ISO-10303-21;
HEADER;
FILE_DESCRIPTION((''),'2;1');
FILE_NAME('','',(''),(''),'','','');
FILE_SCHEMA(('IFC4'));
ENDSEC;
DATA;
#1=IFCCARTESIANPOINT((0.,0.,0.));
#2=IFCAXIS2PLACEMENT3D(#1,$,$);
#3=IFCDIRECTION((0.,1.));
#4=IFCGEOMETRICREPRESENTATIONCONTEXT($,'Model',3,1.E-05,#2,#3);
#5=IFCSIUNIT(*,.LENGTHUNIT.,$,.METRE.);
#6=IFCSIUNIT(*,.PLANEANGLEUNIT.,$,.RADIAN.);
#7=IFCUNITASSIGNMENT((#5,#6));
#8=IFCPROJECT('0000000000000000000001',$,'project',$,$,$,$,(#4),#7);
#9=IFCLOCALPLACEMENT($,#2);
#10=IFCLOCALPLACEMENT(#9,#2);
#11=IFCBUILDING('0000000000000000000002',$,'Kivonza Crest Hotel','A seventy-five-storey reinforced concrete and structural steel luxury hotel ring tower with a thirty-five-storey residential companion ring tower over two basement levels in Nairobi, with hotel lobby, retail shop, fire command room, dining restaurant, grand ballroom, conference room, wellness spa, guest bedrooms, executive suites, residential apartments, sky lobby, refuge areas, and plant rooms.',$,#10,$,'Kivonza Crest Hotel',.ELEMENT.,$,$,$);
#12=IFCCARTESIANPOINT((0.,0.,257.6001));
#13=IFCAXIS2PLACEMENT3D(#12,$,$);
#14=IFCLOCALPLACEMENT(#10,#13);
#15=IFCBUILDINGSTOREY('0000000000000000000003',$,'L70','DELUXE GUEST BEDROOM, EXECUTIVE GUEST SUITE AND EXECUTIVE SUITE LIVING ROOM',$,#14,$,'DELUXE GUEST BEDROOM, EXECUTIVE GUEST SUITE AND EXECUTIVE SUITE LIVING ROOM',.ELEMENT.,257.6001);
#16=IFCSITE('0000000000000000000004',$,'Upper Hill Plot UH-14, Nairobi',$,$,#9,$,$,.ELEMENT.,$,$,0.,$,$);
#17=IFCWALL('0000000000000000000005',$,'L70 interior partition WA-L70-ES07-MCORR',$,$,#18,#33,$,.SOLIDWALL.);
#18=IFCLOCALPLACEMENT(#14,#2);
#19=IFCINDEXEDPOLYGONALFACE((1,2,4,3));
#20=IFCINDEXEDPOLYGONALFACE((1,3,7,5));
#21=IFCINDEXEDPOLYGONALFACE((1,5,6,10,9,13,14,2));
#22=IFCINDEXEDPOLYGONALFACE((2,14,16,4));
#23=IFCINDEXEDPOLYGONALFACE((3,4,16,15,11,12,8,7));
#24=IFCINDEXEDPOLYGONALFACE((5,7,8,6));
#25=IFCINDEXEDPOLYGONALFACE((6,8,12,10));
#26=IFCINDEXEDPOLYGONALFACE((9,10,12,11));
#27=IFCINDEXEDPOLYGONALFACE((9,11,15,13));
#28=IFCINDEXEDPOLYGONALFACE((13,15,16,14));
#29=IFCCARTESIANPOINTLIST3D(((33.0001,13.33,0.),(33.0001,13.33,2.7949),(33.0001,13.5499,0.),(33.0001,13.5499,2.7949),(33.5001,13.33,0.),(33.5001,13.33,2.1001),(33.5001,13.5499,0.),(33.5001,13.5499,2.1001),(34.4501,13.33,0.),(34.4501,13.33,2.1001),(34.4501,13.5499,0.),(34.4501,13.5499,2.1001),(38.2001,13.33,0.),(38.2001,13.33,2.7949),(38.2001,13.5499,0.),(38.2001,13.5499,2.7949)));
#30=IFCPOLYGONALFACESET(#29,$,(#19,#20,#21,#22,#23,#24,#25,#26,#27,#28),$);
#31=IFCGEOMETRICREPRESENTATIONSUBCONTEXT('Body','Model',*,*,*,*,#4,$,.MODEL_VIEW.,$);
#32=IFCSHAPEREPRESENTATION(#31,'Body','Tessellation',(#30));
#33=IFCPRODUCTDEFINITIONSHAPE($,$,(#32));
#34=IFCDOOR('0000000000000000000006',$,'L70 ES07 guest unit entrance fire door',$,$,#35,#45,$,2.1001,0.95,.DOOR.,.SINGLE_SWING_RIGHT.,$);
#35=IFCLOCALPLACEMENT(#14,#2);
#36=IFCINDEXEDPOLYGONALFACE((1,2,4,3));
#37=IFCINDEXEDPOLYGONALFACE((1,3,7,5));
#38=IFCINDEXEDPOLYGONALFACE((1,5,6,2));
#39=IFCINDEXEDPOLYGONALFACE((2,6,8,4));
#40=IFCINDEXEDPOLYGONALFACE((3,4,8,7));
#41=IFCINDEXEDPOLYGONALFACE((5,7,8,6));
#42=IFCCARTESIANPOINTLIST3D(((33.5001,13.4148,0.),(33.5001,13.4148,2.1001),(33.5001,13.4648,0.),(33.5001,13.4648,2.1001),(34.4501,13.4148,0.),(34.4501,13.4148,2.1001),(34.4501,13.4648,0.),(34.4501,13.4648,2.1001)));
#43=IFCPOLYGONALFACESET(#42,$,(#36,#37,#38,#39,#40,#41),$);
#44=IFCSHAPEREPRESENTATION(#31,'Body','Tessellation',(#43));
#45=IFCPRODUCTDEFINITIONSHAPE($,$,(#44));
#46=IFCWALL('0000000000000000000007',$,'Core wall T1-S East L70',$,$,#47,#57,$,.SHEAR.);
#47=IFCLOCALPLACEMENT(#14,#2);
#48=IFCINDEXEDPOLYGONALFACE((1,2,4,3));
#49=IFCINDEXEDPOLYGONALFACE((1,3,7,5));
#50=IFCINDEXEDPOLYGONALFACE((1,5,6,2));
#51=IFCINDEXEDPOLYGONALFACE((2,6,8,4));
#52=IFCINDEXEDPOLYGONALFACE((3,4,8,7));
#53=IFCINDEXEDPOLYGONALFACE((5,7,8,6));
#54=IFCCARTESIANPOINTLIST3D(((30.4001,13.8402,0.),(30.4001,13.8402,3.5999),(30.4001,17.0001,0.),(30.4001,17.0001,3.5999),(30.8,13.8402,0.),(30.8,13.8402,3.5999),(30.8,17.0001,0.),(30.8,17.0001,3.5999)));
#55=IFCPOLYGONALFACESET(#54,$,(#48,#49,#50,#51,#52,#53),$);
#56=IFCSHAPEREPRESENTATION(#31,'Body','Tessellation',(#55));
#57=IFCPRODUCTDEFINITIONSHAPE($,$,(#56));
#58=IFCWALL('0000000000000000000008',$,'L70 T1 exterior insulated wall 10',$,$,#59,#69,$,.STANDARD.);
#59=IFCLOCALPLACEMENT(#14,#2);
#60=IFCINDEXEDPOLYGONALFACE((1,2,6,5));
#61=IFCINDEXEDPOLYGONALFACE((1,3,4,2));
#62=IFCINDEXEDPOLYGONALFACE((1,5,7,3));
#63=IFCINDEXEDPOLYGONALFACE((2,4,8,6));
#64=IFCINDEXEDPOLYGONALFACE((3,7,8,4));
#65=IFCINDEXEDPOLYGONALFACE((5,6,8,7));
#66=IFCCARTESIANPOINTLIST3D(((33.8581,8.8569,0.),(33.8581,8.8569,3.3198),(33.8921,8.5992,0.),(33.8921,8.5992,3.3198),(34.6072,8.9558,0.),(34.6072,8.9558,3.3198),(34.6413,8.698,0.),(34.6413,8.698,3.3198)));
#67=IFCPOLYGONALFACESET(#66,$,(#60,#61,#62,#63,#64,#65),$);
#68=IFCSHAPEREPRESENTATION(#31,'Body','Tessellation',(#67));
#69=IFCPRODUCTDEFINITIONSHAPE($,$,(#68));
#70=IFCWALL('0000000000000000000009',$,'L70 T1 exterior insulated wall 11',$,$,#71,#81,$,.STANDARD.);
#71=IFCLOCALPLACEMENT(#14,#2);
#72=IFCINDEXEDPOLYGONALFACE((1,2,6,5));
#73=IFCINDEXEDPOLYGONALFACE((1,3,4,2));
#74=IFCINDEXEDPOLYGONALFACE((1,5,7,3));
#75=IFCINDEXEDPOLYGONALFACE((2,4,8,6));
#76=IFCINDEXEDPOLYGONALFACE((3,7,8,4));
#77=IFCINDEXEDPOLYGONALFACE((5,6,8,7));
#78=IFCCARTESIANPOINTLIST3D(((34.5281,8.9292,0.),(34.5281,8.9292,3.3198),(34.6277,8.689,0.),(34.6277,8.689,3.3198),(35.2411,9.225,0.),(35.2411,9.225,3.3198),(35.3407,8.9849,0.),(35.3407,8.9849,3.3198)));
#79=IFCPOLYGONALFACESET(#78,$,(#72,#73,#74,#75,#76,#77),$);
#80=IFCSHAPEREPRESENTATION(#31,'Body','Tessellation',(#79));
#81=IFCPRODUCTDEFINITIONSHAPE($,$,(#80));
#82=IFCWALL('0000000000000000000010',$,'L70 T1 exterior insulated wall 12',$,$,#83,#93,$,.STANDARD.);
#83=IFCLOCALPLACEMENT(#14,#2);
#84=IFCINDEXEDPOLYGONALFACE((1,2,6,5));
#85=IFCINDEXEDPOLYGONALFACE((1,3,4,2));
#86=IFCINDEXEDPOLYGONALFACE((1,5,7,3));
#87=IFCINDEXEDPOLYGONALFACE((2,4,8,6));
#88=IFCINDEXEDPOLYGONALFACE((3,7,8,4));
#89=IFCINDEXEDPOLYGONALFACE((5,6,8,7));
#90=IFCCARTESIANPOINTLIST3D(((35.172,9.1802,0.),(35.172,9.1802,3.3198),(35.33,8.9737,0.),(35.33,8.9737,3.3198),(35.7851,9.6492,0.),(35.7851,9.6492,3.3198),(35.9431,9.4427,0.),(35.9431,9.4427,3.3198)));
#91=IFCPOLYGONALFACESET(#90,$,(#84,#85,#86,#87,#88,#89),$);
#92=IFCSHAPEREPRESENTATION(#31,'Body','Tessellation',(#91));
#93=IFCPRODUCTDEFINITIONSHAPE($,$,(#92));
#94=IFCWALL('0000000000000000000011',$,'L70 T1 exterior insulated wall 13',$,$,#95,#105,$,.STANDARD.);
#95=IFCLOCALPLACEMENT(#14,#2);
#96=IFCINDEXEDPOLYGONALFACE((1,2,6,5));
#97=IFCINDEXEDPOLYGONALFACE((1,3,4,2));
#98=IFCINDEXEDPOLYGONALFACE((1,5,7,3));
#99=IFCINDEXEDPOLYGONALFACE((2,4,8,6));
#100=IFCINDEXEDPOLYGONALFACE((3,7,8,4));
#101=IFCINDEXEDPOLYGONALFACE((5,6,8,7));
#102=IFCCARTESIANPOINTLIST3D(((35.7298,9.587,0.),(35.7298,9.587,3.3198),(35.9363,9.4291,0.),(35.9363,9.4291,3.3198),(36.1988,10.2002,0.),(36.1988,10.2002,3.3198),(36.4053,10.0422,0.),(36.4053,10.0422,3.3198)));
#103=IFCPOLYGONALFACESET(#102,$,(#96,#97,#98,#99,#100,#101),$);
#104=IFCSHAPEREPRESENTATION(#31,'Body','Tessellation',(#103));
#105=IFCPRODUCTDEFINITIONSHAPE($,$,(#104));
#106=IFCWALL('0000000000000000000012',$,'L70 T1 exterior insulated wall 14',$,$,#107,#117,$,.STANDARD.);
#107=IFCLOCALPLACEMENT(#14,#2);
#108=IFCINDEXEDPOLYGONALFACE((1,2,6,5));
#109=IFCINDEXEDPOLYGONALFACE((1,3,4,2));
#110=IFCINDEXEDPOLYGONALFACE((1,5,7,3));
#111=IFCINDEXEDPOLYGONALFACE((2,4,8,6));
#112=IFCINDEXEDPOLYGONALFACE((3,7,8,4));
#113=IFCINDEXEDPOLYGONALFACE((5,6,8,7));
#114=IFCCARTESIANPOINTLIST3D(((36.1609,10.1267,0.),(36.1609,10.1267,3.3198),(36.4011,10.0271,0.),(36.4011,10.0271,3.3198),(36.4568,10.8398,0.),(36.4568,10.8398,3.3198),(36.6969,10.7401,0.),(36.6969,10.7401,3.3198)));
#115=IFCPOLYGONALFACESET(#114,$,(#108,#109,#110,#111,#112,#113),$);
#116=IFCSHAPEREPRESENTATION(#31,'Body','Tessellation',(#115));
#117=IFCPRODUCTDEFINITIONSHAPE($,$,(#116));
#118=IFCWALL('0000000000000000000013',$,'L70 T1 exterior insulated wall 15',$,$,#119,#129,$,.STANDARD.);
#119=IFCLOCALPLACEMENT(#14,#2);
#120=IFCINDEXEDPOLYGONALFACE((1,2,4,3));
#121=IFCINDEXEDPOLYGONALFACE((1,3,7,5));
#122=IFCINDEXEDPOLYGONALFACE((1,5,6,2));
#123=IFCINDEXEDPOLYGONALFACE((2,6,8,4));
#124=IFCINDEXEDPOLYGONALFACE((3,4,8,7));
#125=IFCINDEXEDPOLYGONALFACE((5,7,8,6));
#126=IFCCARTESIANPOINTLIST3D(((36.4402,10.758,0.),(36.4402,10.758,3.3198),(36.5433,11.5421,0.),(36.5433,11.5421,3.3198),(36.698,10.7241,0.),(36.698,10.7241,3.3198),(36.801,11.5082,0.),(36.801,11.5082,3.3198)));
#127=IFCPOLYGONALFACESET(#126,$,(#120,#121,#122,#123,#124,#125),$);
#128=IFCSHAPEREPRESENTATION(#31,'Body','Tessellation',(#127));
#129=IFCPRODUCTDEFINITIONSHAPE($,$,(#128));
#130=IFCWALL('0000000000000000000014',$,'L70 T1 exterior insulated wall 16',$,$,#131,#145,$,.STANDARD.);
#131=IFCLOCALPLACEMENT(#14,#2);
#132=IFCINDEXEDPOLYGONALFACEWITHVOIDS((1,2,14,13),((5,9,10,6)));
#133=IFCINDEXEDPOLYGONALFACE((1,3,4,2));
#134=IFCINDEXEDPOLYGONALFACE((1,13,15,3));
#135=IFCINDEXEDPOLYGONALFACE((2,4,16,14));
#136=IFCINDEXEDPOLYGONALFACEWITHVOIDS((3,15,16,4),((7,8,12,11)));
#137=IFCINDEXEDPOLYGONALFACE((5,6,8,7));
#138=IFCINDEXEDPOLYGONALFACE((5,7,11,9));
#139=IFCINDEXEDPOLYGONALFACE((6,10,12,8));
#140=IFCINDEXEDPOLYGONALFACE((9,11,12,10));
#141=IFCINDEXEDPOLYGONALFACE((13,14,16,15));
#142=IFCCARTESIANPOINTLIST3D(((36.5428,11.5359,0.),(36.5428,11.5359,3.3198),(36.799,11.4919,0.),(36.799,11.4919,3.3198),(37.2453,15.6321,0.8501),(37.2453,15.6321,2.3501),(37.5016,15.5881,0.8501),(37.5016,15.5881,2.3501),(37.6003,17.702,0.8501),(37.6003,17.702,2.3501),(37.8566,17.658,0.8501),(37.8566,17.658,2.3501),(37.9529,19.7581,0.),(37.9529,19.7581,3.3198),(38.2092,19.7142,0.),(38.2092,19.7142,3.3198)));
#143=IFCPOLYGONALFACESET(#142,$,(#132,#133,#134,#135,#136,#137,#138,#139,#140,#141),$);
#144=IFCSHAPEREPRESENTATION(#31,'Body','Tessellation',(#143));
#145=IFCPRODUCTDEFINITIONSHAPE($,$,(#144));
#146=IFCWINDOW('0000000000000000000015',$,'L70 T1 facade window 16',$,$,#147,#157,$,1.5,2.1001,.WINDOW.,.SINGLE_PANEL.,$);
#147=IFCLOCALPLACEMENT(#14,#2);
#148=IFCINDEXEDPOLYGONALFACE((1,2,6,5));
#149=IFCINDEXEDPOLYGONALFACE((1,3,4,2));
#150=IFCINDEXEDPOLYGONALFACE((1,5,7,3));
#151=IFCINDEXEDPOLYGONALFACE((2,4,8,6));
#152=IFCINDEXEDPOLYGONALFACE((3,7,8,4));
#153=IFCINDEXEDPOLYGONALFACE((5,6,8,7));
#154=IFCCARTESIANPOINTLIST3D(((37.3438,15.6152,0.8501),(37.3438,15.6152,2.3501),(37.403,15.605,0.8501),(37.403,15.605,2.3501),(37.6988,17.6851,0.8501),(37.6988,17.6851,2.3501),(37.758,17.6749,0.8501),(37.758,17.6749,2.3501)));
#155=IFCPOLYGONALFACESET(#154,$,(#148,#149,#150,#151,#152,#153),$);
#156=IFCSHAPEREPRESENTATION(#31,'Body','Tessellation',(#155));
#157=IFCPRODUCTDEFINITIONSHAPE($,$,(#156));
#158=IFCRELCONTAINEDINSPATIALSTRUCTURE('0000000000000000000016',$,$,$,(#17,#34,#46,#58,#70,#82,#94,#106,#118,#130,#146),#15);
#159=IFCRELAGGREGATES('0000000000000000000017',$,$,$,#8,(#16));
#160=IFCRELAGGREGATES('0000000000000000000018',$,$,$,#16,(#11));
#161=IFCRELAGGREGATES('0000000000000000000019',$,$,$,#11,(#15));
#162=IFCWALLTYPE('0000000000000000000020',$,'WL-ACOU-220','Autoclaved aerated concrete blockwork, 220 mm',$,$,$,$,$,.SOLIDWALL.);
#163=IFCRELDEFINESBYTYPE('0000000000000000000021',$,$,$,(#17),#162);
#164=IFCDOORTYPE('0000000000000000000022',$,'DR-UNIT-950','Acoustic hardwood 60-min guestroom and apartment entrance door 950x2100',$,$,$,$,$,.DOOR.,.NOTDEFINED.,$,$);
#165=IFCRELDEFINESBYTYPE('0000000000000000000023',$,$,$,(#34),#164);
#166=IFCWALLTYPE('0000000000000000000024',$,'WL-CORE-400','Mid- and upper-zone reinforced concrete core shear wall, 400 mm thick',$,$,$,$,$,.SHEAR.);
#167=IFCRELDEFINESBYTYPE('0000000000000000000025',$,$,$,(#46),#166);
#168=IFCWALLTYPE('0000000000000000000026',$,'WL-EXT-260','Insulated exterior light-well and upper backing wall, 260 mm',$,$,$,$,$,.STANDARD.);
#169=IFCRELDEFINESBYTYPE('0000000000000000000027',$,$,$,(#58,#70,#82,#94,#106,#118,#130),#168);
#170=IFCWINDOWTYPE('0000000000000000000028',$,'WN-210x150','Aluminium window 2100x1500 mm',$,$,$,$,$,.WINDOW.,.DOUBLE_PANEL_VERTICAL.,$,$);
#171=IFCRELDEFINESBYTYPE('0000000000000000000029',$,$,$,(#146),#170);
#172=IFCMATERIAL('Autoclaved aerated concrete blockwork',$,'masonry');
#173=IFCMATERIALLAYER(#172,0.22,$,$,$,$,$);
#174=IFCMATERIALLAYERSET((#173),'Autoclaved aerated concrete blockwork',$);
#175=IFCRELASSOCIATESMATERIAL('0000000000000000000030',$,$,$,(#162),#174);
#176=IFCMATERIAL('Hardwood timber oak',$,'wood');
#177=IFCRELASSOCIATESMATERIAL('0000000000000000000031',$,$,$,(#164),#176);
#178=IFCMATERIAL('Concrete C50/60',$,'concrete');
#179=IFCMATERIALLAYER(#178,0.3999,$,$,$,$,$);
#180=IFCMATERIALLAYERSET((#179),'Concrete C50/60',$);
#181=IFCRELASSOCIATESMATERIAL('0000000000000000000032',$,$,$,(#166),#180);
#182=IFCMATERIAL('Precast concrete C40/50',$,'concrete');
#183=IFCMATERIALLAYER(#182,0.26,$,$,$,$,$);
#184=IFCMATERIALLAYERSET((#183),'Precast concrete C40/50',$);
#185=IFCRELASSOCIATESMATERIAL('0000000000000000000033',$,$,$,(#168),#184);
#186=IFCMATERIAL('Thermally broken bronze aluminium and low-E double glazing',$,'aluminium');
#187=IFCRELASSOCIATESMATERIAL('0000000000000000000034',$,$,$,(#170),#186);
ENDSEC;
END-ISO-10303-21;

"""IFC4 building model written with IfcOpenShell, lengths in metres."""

from ifc_helpers import new_model, si_unit, direction, frame, frame_2d, origin, place, context, subcontext, project, spatial, rectangle, extrude, material, layer, layer_set, type_object, element, fill, save


model = new_model("IFC4")

# Units and contexts
model_context = context("Model", 3, precision=1e-05, world=origin(), true_north=direction((0.0, 1.0)))
body_context = subcontext(model_context, "Body", "Model", "MODEL_VIEW")
ifc_project = project(units=[si_unit("LENGTHUNIT", "METRE"), si_unit("PLANEANGLEUNIT", "RADIAN")], contexts=[model_context])

# Site, building, storey
site_placement = place(None, origin())
site = spatial("IfcSite", under=ifc_project, at=site_placement, Name="Upper Hill Plot UH-14, Nairobi", CompositionType="ELEMENT", RefElevation=0.0)
building_placement = place(site_placement, origin())
building = spatial("IfcBuilding", under=site, at=building_placement, Name="Kivonza Crest Hotel", Description="A seventy-five-storey reinforced concrete and structural steel luxury hotel ring tower with a thirty-five-storey residential companion ring tower over two basement levels in Nairobi, with hotel lobby, retail shop, fire command room, dining restaurant, grand ballroom, conference room, wellness spa, guest bedrooms, executive suites, residential apartments, sky lobby, refuge areas, and plant rooms.", LongName="Kivonza Crest Hotel", CompositionType="ELEMENT")
storey_placement = place(building_placement, frame((0.0, 0.0, 257.6001)))
storey = spatial("IfcBuildingStorey", under=building, at=storey_placement, Name="L70", Description="DELUXE GUEST BEDROOM, EXECUTIVE GUEST SUITE AND EXECUTIVE SUITE LIVING ROOM", LongName="DELUXE GUEST BEDROOM, EXECUTIVE GUEST SUITE AND EXECUTIVE SUITE LIVING ROOM", CompositionType="ELEMENT", Elevation=257.6001)

# Shared definitions
ifc_material_1 = material(Name="Concrete C50/60", Category="concrete")

# Shared definitions
ifc_material_2 = material(Name="Autoclaved aerated concrete blockwork", Category="masonry")
ifc_layer_1 = layer(ifc_material_2, 0.22)
ifc_layer_set_1 = layer_set([ifc_layer_1], Name="Autoclaved aerated concrete blockwork")
wall_type_1 = type_object("IfcWallType", Name="WL-ACOU-220", Description="Autoclaved aerated concrete blockwork, 220 mm", PredefinedType="SOLIDWALL", material=ifc_layer_set_1)

# Wall, opening, door
wall_1_placement = place(storey_placement, frame((33.0, 13.4399, 0.0), z_axis=(0.0, 0.0, 1.0), x_axis=(1.0, 0.0, 0.0)))
wall_1 = element("IfcWall", 1, at=wall_1_placement, inside=storey, type_object=wall_type_1, Name="L70 interior partition WA-L70-ES07-MCORR", PredefinedType="SOLIDWALL", context=body_context, shape_type="SweptSolid", body=[
    extrude(rectangle(XDim=5.2, YDim=0.22, at=frame_2d((2.6001, 0.0))), origin(), (0.0, 0.0, 1.0), 2.7949),
])
opening_1_placement = place(wall_1_placement, frame((0.5, 0.0, 0.0)))
opening_1 = element("IfcOpeningElement", 2, at=opening_1_placement, cuts=wall_1, PredefinedType="OPENING", context=body_context, shape_type="SweptSolid", body=[
    extrude(rectangle(XDim=0.95, YDim=2.1001, at=frame_2d((0.4751, 1.05))), frame((0.0, 0.1201, 0.0), z_axis=(0.0, -1.0, 0.0), x_axis=(1.0, 0.0, 0.0)), (0.0, 0.0, 1.0), 0.24),
])
ifc_material_3 = material(Name="Hardwood timber oak", Category="wood")
door_type_1 = type_object("IfcDoorType", Name="DR-UNIT-950", Description="Acoustic hardwood 60-min guestroom and apartment entrance door 950x2100", OperationType="NOTDEFINED", PredefinedType="DOOR", material=ifc_material_3)
door_1_placement = place(opening_1_placement, origin())
door_1 = element("IfcDoor", 3, at=door_1_placement, inside=storey, type_object=door_type_1, Name="L70 ES07 guest unit entrance fire door", OperationType="SINGLE_SWING_RIGHT", OverallHeight=2.1001, OverallWidth=0.95, PredefinedType="DOOR", context=body_context, shape_type="SweptSolid", body=[
    extrude(rectangle(XDim=0.95, YDim=2.1001, at=frame_2d((0.4751, 1.05))), frame((0.0, 0.0249, 0.0), z_axis=(0.0, -1.0, 0.0), x_axis=(1.0, 0.0, 0.0)), (0.0, 0.0, 1.0), 0.05),
])
fill(opening_1, door_1)

# Walls
ifc_layer_2 = layer(ifc_material_1, 0.3999)
ifc_layer_set_2 = layer_set([ifc_layer_2], Name="Concrete C50/60")
wall_type_2 = type_object("IfcWallType", Name="WL-CORE-400", Description="Mid- and upper-zone reinforced concrete core shear wall, 400 mm thick", PredefinedType="SHEAR", material=ifc_layer_set_2)
wall_2_placement = place(storey_placement, frame((30.6001, 13.8401, 0.0), z_axis=(0.0, 0.0, 1.0), x_axis=(0.0, 1.0, 0.0)))
element("IfcWall", 4, at=wall_2_placement, inside=storey, type_object=wall_type_2, Name="Core wall T1-S East L70", PredefinedType="SHEAR", context=body_context, shape_type="SweptSolid", body=[
    extrude(rectangle(XDim=3.1599, YDim=0.3999, at=frame_2d((1.5801, 0.0))), origin(), (0.0, 0.0, 1.0), 3.5999),
])
ifc_material_4 = material(Name="Precast concrete C40/50", Category="concrete")
ifc_layer_3 = layer(ifc_material_4, 0.26)
ifc_layer_set_3 = layer_set([ifc_layer_3], Name="Precast concrete C40/50")
wall_type_3 = type_object("IfcWallType", Name="WL-EXT-260", Description="Insulated exterior light-well and upper backing wall, 260 mm", PredefinedType="STANDARD", material=ifc_layer_set_3)
wall_3_placement = place(storey_placement, frame((33.875, 8.728, 0.0), z_axis=(0.0, 0.0, 1.0), x_axis=(0.991399, 0.130872, 0.0)))
element("IfcWall", 5, at=wall_3_placement, inside=storey, type_object=wall_type_3, Name="L70 T1 exterior insulated wall 10", PredefinedType="STANDARD", context=body_context, shape_type="SweptSolid", body=[
    extrude(rectangle(XDim=0.7556, YDim=0.26, at=frame_2d((0.3779, 0.0))), origin(), (0.0, 0.0, 1.0), 3.3198),
])
for number, where, z_axis, x_axis, name in (
    (6, (34.5779, 8.8091, 0.0), (0.0, 0.0, 1.0), (0.923647, 0.383245, 0.0), "L70 T1 exterior insulated wall 11"),
    (7, (35.251, 9.0769, 0.0), (0.0, 0.0, 1.0), (0.794232, 0.607614, 0.0), "L70 T1 exterior insulated wall 12"),
    (8, (35.833, 9.5081, 0.0), (0.0, 0.0, 1.0), (0.607614, 0.794232, 0.0), "L70 T1 exterior insulated wall 13"),
    (9, (36.281, 10.0769, 0.0), (0.0, 0.0, 1.0), (0.383245, 0.923647, 0.0), "L70 T1 exterior insulated wall 14"),
):
    element("IfcWall", number, at=place(storey_placement, frame(where, z_axis=z_axis, x_axis=x_axis)), inside=storey, type_object=wall_type_3, Name=name, PredefinedType="STANDARD", context=body_context, shape_type="SweptSolid", body=[
        extrude(rectangle(XDim=0.772, YDim=0.26, at=frame_2d((0.386, 0.0))), origin(), (0.0, 0.0, 1.0), 3.3198),
    ])
wall_4_placement = place(storey_placement, frame((36.5691, 10.741, 0.0), z_axis=(0.0, 0.0, 1.0), x_axis=(0.130303, 0.991474, 0.0)))
element("IfcWall", 10, at=wall_4_placement, inside=storey, type_object=wall_type_3, Name="L70 T1 exterior insulated wall 15", PredefinedType="STANDARD", context=body_context, shape_type="SweptSolid", body=[
    extrude(rectangle(XDim=0.7908, YDim=0.26, at=frame_2d((0.3955, 0.0))), origin(), (0.0, 0.0, 1.0), 3.3198),
])

# Wall, opening, window
wall_5_placement = place(storey_placement, frame((36.6709, 11.5139, 0.0), z_axis=(0.0, 0.0, 1.0), x_axis=(0.169039, 0.985609, 0.0)))
wall_5 = element("IfcWall", 11, at=wall_5_placement, inside=storey, type_object=wall_type_3, Name="L70 T1 exterior insulated wall 16", PredefinedType="STANDARD", context=body_context, shape_type="SweptSolid", body=[
    extrude(rectangle(XDim=8.3423, YDim=0.26, at=frame_2d((4.1711, 0.0))), origin(), (0.0, 0.0, 1.0), 3.3198),
])
opening_2_placement = place(wall_5_placement, frame((4.156, 0.0, 0.8501)))
opening_2 = element("IfcOpeningElement", 12, at=opening_2_placement, cuts=wall_5, PredefinedType="OPENING", context=body_context, shape_type="SweptSolid", body=[
    extrude(rectangle(XDim=2.1001, YDim=1.5, at=frame_2d((1.05, 0.75))), frame((0.0, 0.1401, 0.0), z_axis=(0.0, -1.0, 0.0), x_axis=(1.0, 0.0, 0.0)), (0.0, 0.0, 1.0), 0.28),
])
ifc_material_5 = material(Name="Thermally broken bronze aluminium and low-E double glazing", Category="aluminium")
window_type = type_object("IfcWindowType", Name="WN-210x150", Description="Aluminium window 2100x1500 mm", PartitioningType="DOUBLE_PANEL_VERTICAL", PredefinedType="WINDOW", material=ifc_material_5)
window_placement = place(opening_2_placement, origin())
window = element("IfcWindow", 13, at=window_placement, inside=storey, type_object=window_type, Name="L70 T1 facade window 16", OverallHeight=1.5, OverallWidth=2.1001, PartitioningType="SINGLE_PANEL", PredefinedType="WINDOW", context=body_context, shape_type="SweptSolid", body=[
    extrude(rectangle(XDim=2.1001, YDim=1.5, at=frame_2d((1.05, 0.75))), frame((0.0, 0.03, 0.0), z_axis=(0.0, -1.0, 0.0), x_axis=(1.0, 0.0, 0.0)), (0.0, 0.0, 1.0), 0.0601),
])
fill(opening_2, window)

save(model, "model.ifc")
